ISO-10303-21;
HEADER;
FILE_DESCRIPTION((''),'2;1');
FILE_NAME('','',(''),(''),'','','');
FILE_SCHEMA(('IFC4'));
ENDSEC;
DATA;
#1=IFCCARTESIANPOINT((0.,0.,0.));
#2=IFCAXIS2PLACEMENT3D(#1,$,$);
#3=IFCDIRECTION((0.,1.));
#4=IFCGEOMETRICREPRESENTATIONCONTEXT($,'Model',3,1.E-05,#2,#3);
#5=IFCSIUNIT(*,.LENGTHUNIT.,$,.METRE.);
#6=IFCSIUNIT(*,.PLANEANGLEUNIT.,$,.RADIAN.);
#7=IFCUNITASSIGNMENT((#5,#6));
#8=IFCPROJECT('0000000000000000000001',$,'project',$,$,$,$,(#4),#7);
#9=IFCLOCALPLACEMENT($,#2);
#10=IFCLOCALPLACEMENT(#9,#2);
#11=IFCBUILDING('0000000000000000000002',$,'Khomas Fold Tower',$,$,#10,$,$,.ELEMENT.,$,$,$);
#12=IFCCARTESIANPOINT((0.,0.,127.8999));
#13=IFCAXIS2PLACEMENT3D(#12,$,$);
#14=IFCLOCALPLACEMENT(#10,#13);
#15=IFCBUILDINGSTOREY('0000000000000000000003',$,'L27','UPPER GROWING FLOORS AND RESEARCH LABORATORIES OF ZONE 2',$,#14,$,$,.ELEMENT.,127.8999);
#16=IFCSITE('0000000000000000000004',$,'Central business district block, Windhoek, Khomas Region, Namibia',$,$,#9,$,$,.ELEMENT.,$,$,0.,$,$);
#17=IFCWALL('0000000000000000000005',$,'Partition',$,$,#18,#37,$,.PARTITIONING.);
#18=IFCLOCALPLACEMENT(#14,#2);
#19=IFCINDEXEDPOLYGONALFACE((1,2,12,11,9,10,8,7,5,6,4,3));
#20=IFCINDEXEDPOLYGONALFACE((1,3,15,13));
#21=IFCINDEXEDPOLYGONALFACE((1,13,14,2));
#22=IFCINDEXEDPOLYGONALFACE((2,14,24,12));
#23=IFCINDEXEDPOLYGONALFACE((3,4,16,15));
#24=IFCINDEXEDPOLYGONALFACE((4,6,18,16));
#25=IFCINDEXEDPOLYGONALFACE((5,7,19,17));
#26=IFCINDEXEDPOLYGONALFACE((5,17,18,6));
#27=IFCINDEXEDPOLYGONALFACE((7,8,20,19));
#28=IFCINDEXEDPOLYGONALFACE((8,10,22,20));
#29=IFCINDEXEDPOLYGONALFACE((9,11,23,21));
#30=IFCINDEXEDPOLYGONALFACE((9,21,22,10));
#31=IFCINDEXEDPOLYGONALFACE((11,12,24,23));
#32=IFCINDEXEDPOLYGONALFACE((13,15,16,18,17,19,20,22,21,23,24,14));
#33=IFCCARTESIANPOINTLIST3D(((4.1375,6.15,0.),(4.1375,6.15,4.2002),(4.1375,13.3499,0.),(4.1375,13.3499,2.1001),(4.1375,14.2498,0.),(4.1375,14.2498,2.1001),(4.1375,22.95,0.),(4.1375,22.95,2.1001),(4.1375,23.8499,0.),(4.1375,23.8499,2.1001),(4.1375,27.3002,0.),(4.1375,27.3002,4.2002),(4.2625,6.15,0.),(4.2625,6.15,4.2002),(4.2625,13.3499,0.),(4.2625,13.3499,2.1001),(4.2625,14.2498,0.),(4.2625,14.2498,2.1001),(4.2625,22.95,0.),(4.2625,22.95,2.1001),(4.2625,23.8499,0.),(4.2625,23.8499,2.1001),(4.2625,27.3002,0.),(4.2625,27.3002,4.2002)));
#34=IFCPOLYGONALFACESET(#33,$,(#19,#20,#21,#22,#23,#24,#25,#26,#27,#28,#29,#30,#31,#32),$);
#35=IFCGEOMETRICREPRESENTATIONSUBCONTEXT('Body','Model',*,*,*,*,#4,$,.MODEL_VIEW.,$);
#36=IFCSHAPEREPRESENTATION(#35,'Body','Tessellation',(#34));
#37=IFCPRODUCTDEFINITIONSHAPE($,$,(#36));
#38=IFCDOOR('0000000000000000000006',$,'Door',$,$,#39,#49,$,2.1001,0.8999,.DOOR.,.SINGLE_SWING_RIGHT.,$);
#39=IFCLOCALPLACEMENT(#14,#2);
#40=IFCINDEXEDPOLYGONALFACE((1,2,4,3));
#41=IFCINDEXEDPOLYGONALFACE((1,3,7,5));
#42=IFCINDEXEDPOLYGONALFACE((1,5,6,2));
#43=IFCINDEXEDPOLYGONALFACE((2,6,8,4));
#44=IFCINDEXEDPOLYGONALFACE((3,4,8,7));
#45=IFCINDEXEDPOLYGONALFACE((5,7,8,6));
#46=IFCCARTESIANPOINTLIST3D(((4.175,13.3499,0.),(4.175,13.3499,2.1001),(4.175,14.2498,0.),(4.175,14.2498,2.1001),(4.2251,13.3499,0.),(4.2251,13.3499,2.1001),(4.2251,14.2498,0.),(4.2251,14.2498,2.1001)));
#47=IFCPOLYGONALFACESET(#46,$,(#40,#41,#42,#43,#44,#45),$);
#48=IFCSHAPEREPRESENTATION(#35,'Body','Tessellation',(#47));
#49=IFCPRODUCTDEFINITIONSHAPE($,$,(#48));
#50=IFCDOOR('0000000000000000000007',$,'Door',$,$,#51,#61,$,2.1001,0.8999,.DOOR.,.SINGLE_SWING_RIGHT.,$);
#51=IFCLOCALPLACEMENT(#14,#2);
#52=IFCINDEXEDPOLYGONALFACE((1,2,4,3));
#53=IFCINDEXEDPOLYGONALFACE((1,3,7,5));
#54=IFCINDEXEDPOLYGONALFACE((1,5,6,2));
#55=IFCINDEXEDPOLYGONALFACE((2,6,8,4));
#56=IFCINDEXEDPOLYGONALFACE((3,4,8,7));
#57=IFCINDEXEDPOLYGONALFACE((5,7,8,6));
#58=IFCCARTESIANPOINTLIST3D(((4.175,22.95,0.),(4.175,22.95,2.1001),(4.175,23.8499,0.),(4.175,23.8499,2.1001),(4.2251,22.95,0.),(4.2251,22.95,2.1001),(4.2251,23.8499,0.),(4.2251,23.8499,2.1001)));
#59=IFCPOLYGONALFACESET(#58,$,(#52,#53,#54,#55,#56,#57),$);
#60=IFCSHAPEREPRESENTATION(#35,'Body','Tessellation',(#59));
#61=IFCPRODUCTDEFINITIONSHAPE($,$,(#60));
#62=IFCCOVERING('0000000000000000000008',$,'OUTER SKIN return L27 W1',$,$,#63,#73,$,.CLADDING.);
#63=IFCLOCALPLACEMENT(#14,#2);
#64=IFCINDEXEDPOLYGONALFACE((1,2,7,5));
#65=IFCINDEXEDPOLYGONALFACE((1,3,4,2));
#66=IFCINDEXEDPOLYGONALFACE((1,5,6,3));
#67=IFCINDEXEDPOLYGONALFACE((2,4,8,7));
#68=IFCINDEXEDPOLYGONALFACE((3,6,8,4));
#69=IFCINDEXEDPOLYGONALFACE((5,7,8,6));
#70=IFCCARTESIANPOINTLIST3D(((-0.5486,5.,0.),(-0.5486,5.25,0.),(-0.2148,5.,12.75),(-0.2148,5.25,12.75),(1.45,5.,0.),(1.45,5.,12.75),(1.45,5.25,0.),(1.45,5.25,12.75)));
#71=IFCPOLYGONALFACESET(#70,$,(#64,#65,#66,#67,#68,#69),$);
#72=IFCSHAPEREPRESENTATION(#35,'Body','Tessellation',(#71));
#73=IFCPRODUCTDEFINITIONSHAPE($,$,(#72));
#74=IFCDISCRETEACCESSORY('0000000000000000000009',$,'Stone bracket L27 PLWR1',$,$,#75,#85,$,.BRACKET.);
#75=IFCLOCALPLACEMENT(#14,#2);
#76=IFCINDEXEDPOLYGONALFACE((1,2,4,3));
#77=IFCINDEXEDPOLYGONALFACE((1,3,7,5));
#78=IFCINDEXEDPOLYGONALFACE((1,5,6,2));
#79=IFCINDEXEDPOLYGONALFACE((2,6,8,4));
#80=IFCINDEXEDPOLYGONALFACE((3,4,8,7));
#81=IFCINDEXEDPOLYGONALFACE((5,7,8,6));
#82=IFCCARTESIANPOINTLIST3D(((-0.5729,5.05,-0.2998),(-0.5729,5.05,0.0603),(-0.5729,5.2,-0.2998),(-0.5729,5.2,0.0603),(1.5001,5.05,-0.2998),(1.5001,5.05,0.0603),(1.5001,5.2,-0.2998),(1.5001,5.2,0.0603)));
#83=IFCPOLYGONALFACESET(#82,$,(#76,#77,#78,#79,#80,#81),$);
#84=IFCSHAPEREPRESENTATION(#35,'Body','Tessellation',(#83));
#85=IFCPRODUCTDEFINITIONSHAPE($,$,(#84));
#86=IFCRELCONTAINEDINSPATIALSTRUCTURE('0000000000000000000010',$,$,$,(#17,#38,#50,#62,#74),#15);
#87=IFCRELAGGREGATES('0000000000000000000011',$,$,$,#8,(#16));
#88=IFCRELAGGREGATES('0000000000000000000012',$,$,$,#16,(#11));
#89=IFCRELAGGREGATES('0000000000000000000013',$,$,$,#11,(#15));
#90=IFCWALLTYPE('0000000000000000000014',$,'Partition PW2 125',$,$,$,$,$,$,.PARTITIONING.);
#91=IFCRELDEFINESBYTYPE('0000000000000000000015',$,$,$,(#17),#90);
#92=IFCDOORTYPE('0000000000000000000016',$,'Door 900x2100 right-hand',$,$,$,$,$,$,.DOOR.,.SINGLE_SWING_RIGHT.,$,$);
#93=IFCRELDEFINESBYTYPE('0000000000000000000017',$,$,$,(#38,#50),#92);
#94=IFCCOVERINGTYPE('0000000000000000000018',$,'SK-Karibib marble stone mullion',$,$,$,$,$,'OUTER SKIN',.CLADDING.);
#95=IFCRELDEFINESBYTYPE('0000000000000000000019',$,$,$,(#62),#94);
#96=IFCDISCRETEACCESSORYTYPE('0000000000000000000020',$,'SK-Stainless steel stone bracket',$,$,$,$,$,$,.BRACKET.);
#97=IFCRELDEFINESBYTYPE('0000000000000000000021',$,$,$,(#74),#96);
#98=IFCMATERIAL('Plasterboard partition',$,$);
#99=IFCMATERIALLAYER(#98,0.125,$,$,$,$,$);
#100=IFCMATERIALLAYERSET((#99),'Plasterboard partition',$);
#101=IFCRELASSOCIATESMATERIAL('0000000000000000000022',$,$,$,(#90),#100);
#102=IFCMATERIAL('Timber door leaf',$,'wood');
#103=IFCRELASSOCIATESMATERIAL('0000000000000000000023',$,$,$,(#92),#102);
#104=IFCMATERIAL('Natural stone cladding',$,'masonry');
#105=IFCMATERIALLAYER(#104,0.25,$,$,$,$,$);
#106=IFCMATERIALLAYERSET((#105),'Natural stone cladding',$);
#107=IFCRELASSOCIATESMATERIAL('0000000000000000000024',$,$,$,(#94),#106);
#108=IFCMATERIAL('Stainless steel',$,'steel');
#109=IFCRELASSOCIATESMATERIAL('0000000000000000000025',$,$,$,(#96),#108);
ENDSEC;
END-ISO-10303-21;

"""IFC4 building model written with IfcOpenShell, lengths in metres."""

from ifc_helpers import new_model, si_unit, direction, frame, frame_2d, origin, origin_2d, place, context, subcontext, project, spatial, polyline, rectangle, outline, extrude, source, transform, mapped, material, layer, layer_set, type_object, element, fill, save


model = new_model("IFC4")

# Units and contexts
model_context = context("Model", 3, precision=1e-05, world=origin(), true_north=direction((0.0, 1.0)))
body_context = subcontext(model_context, "Body", "Model", "MODEL_VIEW")
ifc_project = project(units=[si_unit("LENGTHUNIT", "METRE"), si_unit("PLANEANGLEUNIT", "RADIAN")], contexts=[model_context])

# Site, building, storey
site_placement = place(None, origin())
site = spatial("IfcSite", under=ifc_project, at=site_placement, Name="Central business district block, Windhoek, Khomas Region, Namibia", CompositionType="ELEMENT", RefElevation=0.0)
building_placement = place(site_placement, origin())
building = spatial("IfcBuilding", under=site, at=building_placement, Name="Khomas Fold Tower", CompositionType="ELEMENT")
storey_placement = place(building_placement, frame((0.0, 0.0, 127.8999)))
storey = spatial("IfcBuildingStorey", under=building, at=storey_placement, Name="L27", Description="UPPER GROWING FLOORS AND RESEARCH LABORATORIES OF ZONE 2", CompositionType="ELEMENT", Elevation=127.8999)

# Shared definitions
ifc_material_1 = material(Name="Plasterboard partition")
ifc_layer_1 = layer(ifc_material_1, 0.125)
ifc_layer_set_1 = layer_set([ifc_layer_1], Name="Plasterboard partition")
wall_type_1 = type_object("IfcWallType", Name="Partition PW2 125", PredefinedType="PARTITIONING", material=ifc_layer_set_1)
shared_shape_1 = source(origin(), body_context, "Body", "SweptSolid", [
    extrude(rectangle(XDim=0.8999, YDim=2.1001, at=frame_2d((0.45, 1.05))), frame((0.0, 0.0725, 0.0), z_axis=(0.0, -1.0, 0.0), x_axis=(1.0, 0.0, 0.0)), (0.0, 0.0, 1.0), 0.145),
])
ifc_material_2 = material(Name="Timber door leaf", Category="wood")
door_type = type_object("IfcDoorType", Name="Door 900x2100 right-hand", OperationType="SINGLE_SWING_RIGHT", PredefinedType="DOOR", material=ifc_material_2)
shared_shape_2 = source(origin(), body_context, "Body", "SweptSolid", [
    extrude(rectangle(XDim=0.8999, YDim=2.1001, at=frame_2d((0.45, 1.05))), frame((0.0, 0.0249, 0.0), z_axis=(0.0, -1.0, 0.0), x_axis=(1.0, 0.0, 0.0)), (0.0, 0.0, 1.0), 0.05),
])

# Wall, openings, doors
shared_shape_3 = source(origin(), body_context, "Body", "SweptSolid", [
    extrude(rectangle(XDim=21.1501, YDim=0.125, at=frame_2d((10.5752, 0.0))), origin(), (0.0, 0.0, 1.0), 4.2002),
])
wall_1_placement = place(storey_placement, frame((4.2, 6.1499, 0.0), z_axis=(0.0, 0.0, 1.0), x_axis=(0.0, 1.0, 0.0)))
wall_1 = element("IfcWall", 1, at=wall_1_placement, inside=storey, type_object=wall_type_1, Name="Partition", PredefinedType="PARTITIONING", context=body_context, shape_type="MappedRepresentation", body=[
    mapped(shared_shape_3, transform((0.0, 0.0, 0.0))),
])
opening_1_placement = place(wall_1_placement, frame((7.2, 0.0, 0.0)))
opening_1 = element("IfcOpeningElement", 2, at=opening_1_placement, cuts=wall_1, PredefinedType="OPENING", context=body_context, shape_type="MappedRepresentation", body=[
    mapped(shared_shape_1, transform((0.0, 0.0, 0.0))),
])
opening_2_placement = place(wall_1_placement, frame((16.8, 0.0, 0.0)))
opening_2 = element("IfcOpeningElement", 3, at=opening_2_placement, cuts=wall_1, PredefinedType="OPENING", context=body_context, shape_type="MappedRepresentation", body=[
    mapped(shared_shape_1, transform((0.0, 0.0, 0.0))),
])
door_1_placement = place(opening_1_placement, origin())
door_1 = element("IfcDoor", 4, at=door_1_placement, inside=storey, type_object=door_type, Name="Door", OperationType="SINGLE_SWING_RIGHT", OverallHeight=2.1001, OverallWidth=0.8999, PredefinedType="DOOR", context=body_context, shape_type="MappedRepresentation", body=[
    mapped(shared_shape_2, transform((0.0, 0.0, 0.0))),
])
fill(opening_1, door_1)
door_2_placement = place(opening_2_placement, origin())
door_2 = element("IfcDoor", 5, at=door_2_placement, inside=storey, type_object=door_type, Name="Door", OperationType="SINGLE_SWING_RIGHT", OverallHeight=2.1001, OverallWidth=0.8999, PredefinedType="DOOR", context=body_context, shape_type="MappedRepresentation", body=[
    mapped(shared_shape_2, transform((0.0, 0.0, 0.0))),
])
fill(opening_2, door_2)

# Covering
ifc_material_3 = material(Name="Natural stone cladding", Category="masonry")
ifc_layer_2 = layer(ifc_material_3, 0.25)
ifc_layer_set_2 = layer_set([ifc_layer_2], Name="Natural stone cladding")
covering_type = type_object("IfcCoveringType", Name="SK-Karibib marble stone mullion", ElementType="OUTER SKIN", PredefinedType="CLADDING", material=ifc_layer_set_2)
covering_placement = place(storey_placement, frame((1.45, 5.0, 12.75), z_axis=(0.0, -1.0, 0.0), x_axis=(-1.0, 0.0, 0.0)))
element("IfcCovering", 6, at=covering_placement, inside=storey, type_object=covering_type, Name="OUTER SKIN return L27 W1", PredefinedType="CLADDING", context=body_context, shape_type="SweptSolid", body=[
    extrude(outline(polyline([(0.0, 0.0), (1.6648, 0.0), (1.9985, 12.75), (0.0, 12.75), (0.0, 0.0)])), origin(), (0.0, 0.0, -1.0), 0.25),
])

# Discrete accessory
ifc_material_4 = material(Name="Stainless steel", Category="steel")
discrete_accessory_type = type_object("IfcDiscreteAccessoryType", Name="SK-Stainless steel stone bracket", PredefinedType="BRACKET", material=ifc_material_4)
shared_shape_4 = source(origin(), body_context, "Body", "SweptSolid", [
    extrude(rectangle(XDim=2.073, YDim=0.1499, at=origin_2d()), origin(), (0.0, 0.0, 1.0), 0.3601),
])
discrete_accessory_placement = place(storey_placement, frame((0.4636, 5.125, -0.2998), z_axis=(0.0, 0.0, 1.0), x_axis=(-1.0, 0.0, 0.0)))
element("IfcDiscreteAccessory", 7, at=discrete_accessory_placement, inside=storey, type_object=discrete_accessory_type, Name="Stone bracket L27 PLWR1", PredefinedType="BRACKET", context=body_context, shape_type="MappedRepresentation", body=[
    mapped(shared_shape_4, transform((0.0, 0.0, 0.0))),
])

save(model, "model.ifc")
